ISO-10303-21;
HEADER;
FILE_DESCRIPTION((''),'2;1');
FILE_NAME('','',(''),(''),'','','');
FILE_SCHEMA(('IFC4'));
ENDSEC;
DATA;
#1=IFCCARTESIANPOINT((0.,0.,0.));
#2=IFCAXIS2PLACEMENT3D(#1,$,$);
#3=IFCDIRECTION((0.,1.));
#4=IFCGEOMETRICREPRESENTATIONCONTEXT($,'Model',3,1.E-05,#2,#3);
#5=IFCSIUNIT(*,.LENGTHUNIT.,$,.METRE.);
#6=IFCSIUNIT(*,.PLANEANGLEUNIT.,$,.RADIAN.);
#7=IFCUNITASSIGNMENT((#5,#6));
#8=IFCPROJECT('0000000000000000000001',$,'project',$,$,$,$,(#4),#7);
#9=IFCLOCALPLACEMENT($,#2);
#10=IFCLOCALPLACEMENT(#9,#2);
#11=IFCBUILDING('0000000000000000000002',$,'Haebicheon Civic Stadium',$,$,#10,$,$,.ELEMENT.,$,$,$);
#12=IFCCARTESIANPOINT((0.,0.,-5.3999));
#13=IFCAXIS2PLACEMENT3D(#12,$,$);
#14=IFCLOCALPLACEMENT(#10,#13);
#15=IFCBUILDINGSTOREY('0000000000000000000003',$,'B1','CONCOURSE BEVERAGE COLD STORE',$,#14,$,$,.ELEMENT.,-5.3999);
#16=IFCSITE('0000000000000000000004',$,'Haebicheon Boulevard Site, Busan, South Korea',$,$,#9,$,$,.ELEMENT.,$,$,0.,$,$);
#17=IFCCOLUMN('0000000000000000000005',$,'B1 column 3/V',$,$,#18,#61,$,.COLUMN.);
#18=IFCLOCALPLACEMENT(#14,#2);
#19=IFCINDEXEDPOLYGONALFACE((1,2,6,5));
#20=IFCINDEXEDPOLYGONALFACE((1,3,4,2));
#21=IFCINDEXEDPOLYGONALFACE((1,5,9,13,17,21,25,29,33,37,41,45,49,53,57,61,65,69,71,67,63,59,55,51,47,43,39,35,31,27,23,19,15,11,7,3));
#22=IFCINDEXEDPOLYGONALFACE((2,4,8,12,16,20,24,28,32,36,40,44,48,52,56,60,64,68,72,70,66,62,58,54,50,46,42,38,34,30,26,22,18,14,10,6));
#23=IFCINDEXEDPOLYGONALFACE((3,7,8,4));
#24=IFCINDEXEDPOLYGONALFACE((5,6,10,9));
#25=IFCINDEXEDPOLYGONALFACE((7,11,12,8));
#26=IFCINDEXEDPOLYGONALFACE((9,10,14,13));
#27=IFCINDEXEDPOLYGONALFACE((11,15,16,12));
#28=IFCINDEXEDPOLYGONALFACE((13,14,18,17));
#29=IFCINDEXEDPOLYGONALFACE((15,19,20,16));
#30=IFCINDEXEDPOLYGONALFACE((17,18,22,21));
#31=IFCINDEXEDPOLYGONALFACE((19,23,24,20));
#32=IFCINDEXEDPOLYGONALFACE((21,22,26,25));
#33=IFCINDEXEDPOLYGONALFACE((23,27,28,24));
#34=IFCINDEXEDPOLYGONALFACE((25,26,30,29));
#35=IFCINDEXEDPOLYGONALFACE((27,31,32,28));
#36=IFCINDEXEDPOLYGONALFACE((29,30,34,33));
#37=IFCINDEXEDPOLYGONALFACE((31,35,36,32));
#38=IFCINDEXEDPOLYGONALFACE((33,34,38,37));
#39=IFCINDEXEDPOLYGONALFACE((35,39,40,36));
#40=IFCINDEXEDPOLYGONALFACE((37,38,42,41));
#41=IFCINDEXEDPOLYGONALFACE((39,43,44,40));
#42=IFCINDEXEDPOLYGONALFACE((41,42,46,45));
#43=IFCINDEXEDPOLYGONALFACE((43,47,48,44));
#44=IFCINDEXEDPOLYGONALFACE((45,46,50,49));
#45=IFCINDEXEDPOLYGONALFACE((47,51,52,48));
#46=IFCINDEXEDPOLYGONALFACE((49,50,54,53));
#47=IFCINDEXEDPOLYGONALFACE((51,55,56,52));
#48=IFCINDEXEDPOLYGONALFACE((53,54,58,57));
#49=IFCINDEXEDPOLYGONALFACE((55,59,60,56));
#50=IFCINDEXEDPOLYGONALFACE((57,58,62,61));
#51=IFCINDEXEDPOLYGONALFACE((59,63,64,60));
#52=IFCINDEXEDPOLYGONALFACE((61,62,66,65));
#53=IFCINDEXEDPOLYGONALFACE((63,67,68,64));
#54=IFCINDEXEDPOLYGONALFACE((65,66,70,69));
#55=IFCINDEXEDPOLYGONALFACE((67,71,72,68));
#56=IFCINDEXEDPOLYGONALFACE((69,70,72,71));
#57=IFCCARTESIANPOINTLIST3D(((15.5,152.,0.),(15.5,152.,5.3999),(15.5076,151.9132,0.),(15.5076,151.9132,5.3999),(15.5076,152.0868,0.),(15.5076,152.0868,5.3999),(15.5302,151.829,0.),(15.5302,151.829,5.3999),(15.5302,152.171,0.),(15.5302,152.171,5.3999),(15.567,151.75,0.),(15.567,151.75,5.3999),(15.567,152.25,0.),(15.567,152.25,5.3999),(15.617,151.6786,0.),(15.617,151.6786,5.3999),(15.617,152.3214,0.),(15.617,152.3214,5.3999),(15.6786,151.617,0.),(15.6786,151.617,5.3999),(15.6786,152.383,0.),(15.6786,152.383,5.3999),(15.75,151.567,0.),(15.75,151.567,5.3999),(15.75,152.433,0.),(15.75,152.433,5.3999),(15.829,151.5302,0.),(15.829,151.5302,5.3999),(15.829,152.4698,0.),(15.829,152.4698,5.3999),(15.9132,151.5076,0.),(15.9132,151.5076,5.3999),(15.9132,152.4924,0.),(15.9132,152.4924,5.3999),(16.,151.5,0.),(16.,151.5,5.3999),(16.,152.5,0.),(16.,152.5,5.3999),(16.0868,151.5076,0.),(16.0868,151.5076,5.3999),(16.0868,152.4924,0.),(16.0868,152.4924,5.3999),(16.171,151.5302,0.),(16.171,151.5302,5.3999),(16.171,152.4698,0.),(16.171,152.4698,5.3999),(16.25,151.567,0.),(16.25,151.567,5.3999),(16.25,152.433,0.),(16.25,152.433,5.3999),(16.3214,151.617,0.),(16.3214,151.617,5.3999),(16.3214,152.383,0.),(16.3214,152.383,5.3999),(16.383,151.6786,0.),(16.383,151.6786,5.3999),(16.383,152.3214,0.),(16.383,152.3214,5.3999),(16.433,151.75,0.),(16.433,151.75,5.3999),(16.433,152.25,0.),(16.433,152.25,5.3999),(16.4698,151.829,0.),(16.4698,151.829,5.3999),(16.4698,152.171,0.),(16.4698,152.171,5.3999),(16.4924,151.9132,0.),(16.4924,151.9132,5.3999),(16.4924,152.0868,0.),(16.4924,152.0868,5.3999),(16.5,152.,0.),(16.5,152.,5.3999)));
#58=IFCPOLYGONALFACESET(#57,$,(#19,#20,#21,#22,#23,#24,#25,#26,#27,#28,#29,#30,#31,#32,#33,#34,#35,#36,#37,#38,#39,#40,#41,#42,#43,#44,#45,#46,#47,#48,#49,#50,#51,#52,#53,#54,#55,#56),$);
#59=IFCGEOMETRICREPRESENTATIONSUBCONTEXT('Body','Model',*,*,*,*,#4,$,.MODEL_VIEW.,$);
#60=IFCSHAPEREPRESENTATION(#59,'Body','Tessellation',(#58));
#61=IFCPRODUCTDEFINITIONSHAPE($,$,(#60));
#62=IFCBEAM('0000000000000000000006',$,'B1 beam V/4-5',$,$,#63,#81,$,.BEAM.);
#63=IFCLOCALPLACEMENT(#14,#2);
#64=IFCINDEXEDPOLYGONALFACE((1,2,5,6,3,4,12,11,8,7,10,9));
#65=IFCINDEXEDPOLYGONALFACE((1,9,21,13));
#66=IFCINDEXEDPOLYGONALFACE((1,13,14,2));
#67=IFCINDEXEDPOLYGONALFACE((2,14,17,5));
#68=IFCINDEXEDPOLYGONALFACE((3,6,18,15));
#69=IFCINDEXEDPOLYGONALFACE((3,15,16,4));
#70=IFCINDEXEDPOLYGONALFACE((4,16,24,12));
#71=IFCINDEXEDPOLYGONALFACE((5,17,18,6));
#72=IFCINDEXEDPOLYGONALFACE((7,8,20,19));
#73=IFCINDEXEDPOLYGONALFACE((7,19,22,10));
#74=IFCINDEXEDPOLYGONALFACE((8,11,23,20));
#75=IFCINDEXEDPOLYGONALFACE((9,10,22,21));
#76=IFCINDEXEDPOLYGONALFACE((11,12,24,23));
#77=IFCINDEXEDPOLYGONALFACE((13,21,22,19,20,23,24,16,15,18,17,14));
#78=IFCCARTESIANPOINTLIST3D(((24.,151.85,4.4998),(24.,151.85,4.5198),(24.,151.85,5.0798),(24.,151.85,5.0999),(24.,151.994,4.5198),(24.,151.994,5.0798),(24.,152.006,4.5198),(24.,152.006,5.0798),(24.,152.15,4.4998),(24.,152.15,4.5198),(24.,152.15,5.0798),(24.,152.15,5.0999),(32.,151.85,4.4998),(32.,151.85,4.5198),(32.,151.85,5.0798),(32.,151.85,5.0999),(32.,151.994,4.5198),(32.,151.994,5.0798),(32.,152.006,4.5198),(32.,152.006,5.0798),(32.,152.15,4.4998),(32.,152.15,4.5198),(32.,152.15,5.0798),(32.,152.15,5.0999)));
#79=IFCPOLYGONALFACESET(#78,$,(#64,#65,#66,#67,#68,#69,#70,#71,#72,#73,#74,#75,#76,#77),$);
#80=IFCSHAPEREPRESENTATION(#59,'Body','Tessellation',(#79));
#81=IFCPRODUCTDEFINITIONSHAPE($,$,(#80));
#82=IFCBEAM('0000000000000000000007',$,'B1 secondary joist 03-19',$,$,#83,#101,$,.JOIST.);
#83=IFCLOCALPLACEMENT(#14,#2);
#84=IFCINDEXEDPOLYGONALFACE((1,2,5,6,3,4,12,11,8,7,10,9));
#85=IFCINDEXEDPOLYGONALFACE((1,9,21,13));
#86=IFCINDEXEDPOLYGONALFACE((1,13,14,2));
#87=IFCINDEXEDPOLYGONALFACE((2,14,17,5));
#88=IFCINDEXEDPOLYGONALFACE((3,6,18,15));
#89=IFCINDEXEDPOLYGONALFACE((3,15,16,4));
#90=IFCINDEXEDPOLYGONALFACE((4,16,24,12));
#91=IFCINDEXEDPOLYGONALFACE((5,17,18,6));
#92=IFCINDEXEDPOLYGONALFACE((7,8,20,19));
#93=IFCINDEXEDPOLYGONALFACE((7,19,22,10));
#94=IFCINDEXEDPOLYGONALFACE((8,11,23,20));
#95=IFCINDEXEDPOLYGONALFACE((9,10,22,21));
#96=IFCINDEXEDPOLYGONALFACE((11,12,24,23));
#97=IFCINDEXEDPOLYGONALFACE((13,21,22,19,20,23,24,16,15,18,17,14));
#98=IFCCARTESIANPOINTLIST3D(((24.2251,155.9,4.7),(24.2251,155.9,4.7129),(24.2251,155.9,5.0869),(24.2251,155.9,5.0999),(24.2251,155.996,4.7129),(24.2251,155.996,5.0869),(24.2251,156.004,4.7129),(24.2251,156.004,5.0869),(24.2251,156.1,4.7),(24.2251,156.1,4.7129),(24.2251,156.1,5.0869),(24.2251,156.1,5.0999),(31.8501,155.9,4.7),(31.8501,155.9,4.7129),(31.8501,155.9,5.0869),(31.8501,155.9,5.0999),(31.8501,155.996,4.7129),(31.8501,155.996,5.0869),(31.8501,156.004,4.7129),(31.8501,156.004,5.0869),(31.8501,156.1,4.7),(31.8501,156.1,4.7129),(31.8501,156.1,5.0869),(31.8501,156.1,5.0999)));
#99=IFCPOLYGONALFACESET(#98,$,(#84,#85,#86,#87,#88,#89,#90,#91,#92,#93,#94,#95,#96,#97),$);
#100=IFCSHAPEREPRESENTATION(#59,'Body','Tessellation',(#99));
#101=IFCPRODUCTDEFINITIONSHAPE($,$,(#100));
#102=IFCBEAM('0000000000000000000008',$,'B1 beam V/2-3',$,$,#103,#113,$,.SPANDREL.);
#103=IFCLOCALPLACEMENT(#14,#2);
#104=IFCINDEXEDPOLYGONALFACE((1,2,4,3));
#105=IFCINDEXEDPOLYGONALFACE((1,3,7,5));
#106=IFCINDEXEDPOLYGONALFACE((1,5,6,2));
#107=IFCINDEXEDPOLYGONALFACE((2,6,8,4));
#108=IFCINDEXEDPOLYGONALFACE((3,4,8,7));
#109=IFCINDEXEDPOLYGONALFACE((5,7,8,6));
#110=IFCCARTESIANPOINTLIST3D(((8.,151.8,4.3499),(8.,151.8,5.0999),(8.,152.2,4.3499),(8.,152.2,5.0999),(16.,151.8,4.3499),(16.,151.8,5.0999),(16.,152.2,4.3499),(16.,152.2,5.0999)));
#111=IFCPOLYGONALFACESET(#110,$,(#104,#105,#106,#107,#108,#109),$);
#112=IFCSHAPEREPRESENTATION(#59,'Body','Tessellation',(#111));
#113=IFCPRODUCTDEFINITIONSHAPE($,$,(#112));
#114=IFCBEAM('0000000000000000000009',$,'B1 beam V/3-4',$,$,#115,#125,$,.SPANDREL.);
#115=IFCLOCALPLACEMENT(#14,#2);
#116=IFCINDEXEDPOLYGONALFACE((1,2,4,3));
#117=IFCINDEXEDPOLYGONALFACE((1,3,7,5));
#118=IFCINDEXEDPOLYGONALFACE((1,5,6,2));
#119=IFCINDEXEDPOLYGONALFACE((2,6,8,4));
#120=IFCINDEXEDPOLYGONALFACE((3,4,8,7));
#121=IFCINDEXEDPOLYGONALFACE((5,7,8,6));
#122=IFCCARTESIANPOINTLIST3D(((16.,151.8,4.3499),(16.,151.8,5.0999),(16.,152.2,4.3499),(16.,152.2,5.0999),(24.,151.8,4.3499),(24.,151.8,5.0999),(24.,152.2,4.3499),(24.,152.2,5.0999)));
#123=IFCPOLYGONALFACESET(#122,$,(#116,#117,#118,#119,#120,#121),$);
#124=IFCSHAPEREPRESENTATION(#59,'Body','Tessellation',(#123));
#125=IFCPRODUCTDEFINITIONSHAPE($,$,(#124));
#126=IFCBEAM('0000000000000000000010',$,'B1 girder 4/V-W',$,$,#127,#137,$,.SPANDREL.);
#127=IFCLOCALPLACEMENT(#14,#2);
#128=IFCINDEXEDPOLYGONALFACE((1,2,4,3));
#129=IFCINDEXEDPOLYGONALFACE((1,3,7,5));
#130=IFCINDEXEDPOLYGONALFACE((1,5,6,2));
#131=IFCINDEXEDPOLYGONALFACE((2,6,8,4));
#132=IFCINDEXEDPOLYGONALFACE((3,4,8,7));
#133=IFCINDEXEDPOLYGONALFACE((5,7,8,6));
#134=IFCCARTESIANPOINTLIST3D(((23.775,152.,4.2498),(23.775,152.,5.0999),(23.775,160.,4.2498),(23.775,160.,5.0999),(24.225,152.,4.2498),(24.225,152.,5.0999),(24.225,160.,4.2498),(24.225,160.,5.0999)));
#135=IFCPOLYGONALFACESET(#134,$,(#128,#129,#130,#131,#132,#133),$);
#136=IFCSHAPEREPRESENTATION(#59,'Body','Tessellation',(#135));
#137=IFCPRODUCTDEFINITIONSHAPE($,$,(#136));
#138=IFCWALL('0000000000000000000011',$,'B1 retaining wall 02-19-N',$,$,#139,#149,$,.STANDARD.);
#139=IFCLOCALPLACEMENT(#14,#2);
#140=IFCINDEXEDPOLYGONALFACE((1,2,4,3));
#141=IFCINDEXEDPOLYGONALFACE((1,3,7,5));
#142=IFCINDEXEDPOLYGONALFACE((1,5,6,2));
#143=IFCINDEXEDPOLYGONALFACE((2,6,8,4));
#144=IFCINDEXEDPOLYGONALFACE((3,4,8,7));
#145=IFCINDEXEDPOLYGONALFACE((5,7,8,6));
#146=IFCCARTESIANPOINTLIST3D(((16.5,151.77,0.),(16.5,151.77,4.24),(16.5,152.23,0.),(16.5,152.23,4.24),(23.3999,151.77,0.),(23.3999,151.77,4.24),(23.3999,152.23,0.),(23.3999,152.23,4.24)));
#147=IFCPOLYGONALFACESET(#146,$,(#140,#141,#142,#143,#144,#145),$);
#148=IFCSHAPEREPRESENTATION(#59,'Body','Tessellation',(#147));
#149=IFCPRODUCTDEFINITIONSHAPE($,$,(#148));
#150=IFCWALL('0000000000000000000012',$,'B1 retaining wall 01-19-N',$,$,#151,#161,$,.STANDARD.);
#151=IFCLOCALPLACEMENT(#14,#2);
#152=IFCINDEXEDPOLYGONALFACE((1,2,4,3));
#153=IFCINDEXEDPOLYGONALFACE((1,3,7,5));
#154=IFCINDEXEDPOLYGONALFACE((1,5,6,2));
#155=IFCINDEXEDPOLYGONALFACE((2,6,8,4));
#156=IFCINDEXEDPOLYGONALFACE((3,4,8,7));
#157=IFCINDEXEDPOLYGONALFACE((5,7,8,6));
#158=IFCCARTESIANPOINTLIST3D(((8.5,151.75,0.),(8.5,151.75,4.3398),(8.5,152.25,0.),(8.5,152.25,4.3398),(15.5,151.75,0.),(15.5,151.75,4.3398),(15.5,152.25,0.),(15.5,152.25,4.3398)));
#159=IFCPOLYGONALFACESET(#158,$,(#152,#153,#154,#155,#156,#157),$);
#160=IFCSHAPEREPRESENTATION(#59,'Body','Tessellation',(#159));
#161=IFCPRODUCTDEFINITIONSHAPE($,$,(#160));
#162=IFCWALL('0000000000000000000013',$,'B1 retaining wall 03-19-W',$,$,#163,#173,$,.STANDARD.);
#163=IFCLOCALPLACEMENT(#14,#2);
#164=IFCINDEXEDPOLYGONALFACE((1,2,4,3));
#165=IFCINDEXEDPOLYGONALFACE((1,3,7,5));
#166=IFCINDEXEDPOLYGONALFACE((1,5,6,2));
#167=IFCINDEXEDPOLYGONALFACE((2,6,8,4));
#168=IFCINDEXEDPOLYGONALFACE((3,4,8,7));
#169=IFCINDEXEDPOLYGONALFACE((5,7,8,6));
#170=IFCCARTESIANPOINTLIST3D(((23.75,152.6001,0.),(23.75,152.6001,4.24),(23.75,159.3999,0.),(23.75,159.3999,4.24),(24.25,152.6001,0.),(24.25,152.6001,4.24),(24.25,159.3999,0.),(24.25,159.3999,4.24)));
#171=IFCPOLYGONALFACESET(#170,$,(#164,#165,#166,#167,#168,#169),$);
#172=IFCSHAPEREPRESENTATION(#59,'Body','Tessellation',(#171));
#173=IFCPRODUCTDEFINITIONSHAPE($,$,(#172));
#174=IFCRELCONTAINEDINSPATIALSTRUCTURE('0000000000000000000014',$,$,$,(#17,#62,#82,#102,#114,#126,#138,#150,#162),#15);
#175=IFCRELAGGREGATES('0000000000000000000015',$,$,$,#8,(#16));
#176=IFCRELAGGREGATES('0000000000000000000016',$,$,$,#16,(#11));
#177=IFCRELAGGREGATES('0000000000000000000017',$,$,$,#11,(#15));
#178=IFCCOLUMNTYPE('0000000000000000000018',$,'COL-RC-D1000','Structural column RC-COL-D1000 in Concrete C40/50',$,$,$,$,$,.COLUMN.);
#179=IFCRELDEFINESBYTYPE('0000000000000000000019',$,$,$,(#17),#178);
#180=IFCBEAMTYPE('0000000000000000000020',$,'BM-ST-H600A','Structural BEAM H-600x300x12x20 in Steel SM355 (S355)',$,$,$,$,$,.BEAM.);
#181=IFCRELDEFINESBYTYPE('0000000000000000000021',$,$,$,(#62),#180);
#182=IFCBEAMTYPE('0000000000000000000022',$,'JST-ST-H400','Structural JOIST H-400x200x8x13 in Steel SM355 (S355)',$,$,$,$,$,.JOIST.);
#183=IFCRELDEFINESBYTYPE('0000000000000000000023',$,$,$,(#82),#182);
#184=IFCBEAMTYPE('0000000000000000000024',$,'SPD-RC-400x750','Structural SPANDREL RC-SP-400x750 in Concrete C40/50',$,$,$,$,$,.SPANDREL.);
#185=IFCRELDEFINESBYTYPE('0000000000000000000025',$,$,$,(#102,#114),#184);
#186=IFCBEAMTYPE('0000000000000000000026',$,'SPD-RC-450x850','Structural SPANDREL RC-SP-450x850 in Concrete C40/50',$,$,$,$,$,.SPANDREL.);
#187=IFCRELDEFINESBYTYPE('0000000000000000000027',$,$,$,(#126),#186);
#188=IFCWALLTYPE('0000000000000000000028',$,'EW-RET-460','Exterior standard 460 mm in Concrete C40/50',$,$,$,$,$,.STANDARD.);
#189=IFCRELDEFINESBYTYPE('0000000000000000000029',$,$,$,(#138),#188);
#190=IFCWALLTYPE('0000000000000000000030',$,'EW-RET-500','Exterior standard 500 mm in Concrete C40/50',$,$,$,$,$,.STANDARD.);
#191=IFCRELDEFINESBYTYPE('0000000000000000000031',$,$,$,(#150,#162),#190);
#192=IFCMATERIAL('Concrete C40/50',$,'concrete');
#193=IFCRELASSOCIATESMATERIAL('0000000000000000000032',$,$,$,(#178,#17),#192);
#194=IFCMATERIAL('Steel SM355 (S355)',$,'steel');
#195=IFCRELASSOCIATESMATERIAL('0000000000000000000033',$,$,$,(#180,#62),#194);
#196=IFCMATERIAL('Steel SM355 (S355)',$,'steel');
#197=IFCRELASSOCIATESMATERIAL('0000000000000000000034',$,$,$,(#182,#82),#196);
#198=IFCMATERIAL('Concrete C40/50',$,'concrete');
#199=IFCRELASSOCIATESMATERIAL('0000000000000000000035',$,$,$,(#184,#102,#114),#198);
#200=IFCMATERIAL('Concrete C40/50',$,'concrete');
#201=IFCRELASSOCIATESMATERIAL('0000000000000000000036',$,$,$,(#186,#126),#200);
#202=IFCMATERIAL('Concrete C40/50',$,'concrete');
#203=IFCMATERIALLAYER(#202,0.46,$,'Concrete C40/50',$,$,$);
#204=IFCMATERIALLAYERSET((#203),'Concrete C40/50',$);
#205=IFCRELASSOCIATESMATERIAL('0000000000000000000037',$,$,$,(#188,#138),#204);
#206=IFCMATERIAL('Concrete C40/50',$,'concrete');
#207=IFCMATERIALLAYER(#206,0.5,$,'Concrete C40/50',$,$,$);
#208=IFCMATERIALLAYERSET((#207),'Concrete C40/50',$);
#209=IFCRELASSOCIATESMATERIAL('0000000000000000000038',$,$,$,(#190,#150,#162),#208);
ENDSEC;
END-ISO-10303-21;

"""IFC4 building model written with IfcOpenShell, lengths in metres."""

from ifc_helpers import new_model, si_unit, direction, frame, frame_2d, origin, origin_2d, place, context, subcontext, project, spatial, rectangle, circle, i_section, extrude, material, layer, layer_set, material_profile, profile_set, type_object, element, save


model = new_model("IFC4")

# Units and contexts
model_context = context("Model", 3, precision=1e-05, world=origin(), true_north=direction((0.0, 1.0)))
body_context = subcontext(model_context, "Body", "Model", "MODEL_VIEW")
ifc_project = project(units=[si_unit("LENGTHUNIT", "METRE"), si_unit("PLANEANGLEUNIT", "RADIAN")], contexts=[model_context])

# Site, building, storey
site_placement = place(None, origin())
site = spatial("IfcSite", under=ifc_project, at=site_placement, Name="Haebicheon Boulevard Site, Busan, South Korea", CompositionType="ELEMENT", RefElevation=0.0)
building_placement = place(site_placement, origin())
building = spatial("IfcBuilding", under=site, at=building_placement, Name="Haebicheon Civic Stadium", CompositionType="ELEMENT")
storey_placement = place(building_placement, frame((0.0, 0.0, -5.3999)))
storey = spatial("IfcBuildingStorey", under=building, at=storey_placement, Name="B1", Description="CONCOURSE BEVERAGE COLD STORE", CompositionType="ELEMENT", Elevation=-5.3999)

# Column
ifc_material_1 = material(Name="Concrete C40/50", Category="concrete")
ifc_material_profile_1 = material_profile(ifc_material_1, circle(Radius=0.5, at=origin_2d()), Name="RC-COL-D1000")
ifc_profile_set_1 = profile_set([ifc_material_profile_1], Name="Concrete C40/50")
column_type_1 = type_object("IfcColumnType", Name="COL-RC-D1000", Description="Structural column RC-COL-D1000 in Concrete C40/50", PredefinedType="COLUMN", material=ifc_profile_set_1)
for number, where, z_axis, x_axis, name in (
    (1, (16.0, 152.0, 0.0), (0.0, 0.0, 1.0), (1.0, 0.0, 0.0), "B1 column 3/V"),
):
    element("IfcColumn", number, at=place(storey_placement, frame(where, z_axis=z_axis, x_axis=x_axis)), inside=storey, type_object=column_type_1, material=ifc_profile_set_1, Name=name, PredefinedType="COLUMN", context=body_context, shape_type="SweptSolid", body=[
        extrude(circle(Radius=0.5, at=origin_2d()), origin(), (0.0, 0.0, 1.0), 5.3999),
    ])

# Beams
ifc_material_2 = material(Name="Steel SM355 (S355)", Category="steel")
ifc_material_profile_2 = material_profile(ifc_material_2, i_section(OverallWidth=0.3, OverallDepth=0.6001, WebThickness=0.012, FlangeThickness=0.02, at=origin_2d()), Name="H-600x300x12x20")
ifc_profile_set_2 = profile_set([ifc_material_profile_2], Name="Steel SM355 (S355)")
beam_type_1 = type_object("IfcBeamType", Name="BM-ST-H600A", Description="Structural BEAM H-600x300x12x20 in Steel SM355 (S355)", PredefinedType="BEAM", material=ifc_profile_set_2)
beam_1_placement = place(storey_placement, frame((24.0, 152.0, 4.7998), z_axis=(1.0, 0.0, 0.0), x_axis=(0.0, 1.0, 0.0)))
element("IfcBeam", 2, at=beam_1_placement, inside=storey, type_object=beam_type_1, material=ifc_profile_set_2, Name="B1 beam V/4-5", PredefinedType="BEAM", context=body_context, shape_type="SweptSolid", body=[
    extrude(i_section(OverallWidth=0.3, OverallDepth=0.6001, WebThickness=0.012, FlangeThickness=0.02, at=origin_2d()), origin(), (0.0, 0.0, 1.0), 8.0),
])
ifc_material_3 = material(Name="Steel SM355 (S355)", Category="steel")
ifc_material_profile_3 = material_profile(ifc_material_3, i_section(OverallWidth=0.2, OverallDepth=0.3999, WebThickness=0.0081, FlangeThickness=0.0129, at=origin_2d()), Name="H-400x200x8x13")
ifc_profile_set_3 = profile_set([ifc_material_profile_3], Name="Steel SM355 (S355)")
beam_type_2 = type_object("IfcBeamType", Name="JST-ST-H400", Description="Structural JOIST H-400x200x8x13 in Steel SM355 (S355)", PredefinedType="JOIST", material=ifc_profile_set_3)
beam_2_placement = place(storey_placement, frame((24.2251, 156.0, 4.8999), z_axis=(1.0, 0.0, 0.0), x_axis=(0.0, 1.0, 0.0)))
element("IfcBeam", 3, at=beam_2_placement, inside=storey, type_object=beam_type_2, material=ifc_profile_set_3, Name="B1 secondary joist 03-19", PredefinedType="JOIST", context=body_context, shape_type="SweptSolid", body=[
    extrude(i_section(OverallWidth=0.2, OverallDepth=0.3999, WebThickness=0.0081, FlangeThickness=0.0129, at=origin_2d()), origin(), (0.0, 0.0, 1.0), 7.625),
])
ifc_material_4 = material(Name="Concrete C40/50", Category="concrete")
ifc_material_profile_4 = material_profile(ifc_material_4, rectangle(XDim=0.3999, YDim=0.75, at=origin_2d()), Name="RC-SP-400x750")
ifc_profile_set_4 = profile_set([ifc_material_profile_4], Name="Concrete C40/50")
beam_type_3 = type_object("IfcBeamType", Name="SPD-RC-400x750", Description="Structural SPANDREL RC-SP-400x750 in Concrete C40/50", PredefinedType="SPANDREL", material=ifc_profile_set_4)
for number, where, z_axis, x_axis, name in (
    (4, (8.0, 152.0, 4.7249), (1.0, 0.0, 0.0), (0.0, 1.0, 0.0), "B1 beam V/2-3"),
    (5, (16.0, 152.0, 4.7249), (1.0, 0.0, 0.0), (0.0, 1.0, 0.0), "B1 beam V/3-4"),
):
    element("IfcBeam", number, at=place(storey_placement, frame(where, z_axis=z_axis, x_axis=x_axis)), inside=storey, type_object=beam_type_3, material=ifc_profile_set_4, Name=name, PredefinedType="SPANDREL", context=body_context, shape_type="SweptSolid", body=[
        extrude(rectangle(XDim=0.3999, YDim=0.75, at=origin_2d()), origin(), (0.0, 0.0, 1.0), 8.0),
    ])
ifc_material_5 = material(Name="Concrete C40/50", Category="concrete")
ifc_material_profile_5 = material_profile(ifc_material_5, rectangle(XDim=0.45, YDim=0.8501, at=origin_2d()), Name="RC-SP-450x850")
ifc_profile_set_5 = profile_set([ifc_material_profile_5], Name="Concrete C40/50")
beam_type_4 = type_object("IfcBeamType", Name="SPD-RC-450x850", Description="Structural SPANDREL RC-SP-450x850 in Concrete C40/50", PredefinedType="SPANDREL", material=ifc_profile_set_5)
beam_3_placement = place(storey_placement, frame((24.0, 152.0, 4.6748), z_axis=(0.0, 1.0, 0.0), x_axis=(-1.0, 0.0, 0.0)))
element("IfcBeam", 6, at=beam_3_placement, inside=storey, type_object=beam_type_4, material=ifc_profile_set_5, Name="B1 girder 4/V-W", PredefinedType="SPANDREL", context=body_context, shape_type="SweptSolid", body=[
    extrude(rectangle(XDim=0.45, YDim=0.8501, at=origin_2d()), origin(), (0.0, 0.0, 1.0), 8.0),
])

# Walls
ifc_material_6 = material(Name="Concrete C40/50", Category="concrete")
ifc_layer_1 = layer(ifc_material_6, 0.46, Name="Concrete C40/50")
ifc_layer_set_1 = layer_set([ifc_layer_1], Name="Concrete C40/50")
wall_type_1 = type_object("IfcWallType", Name="EW-RET-460", Description="Exterior standard 460 mm in Concrete C40/50", PredefinedType="STANDARD", material=ifc_layer_set_1)
wall_1_placement = place(storey_placement, frame((16.5, 152.0, 0.0), z_axis=(0.0, 0.0, 1.0), x_axis=(1.0, 0.0, 0.0)))
element("IfcWall", 7, at=wall_1_placement, inside=storey, type_object=wall_type_1, material=ifc_layer_set_1, Name="B1 retaining wall 02-19-N", PredefinedType="STANDARD", context=body_context, shape_type="SweptSolid", body=[
    extrude(rectangle(XDim=6.8999, YDim=0.46, at=frame_2d((3.45, 0.0))), origin(), (0.0, 0.0, 1.0), 4.24),
])
ifc_material_7 = material(Name="Concrete C40/50", Category="concrete")
ifc_layer_2 = layer(ifc_material_7, 0.5, Name="Concrete C40/50")
ifc_layer_set_2 = layer_set([ifc_layer_2], Name="Concrete C40/50")
wall_type_2 = type_object("IfcWallType", Name="EW-RET-500", Description="Exterior standard 500 mm in Concrete C40/50", PredefinedType="STANDARD", material=ifc_layer_set_2)
wall_2_placement = place(storey_placement, frame((8.5, 152.0, 0.0), z_axis=(0.0, 0.0, 1.0), x_axis=(1.0, 0.0, 0.0)))
element("IfcWall", 8, at=wall_2_placement, inside=storey, type_object=wall_type_2, material=ifc_layer_set_2, Name="B1 retaining wall 01-19-N", PredefinedType="STANDARD", context=body_context, shape_type="SweptSolid", body=[
    extrude(rectangle(XDim=7.0, YDim=0.5, at=frame_2d((3.5, 0.0))), origin(), (0.0, 0.0, 1.0), 4.3398),
])
wall_3_placement = place(storey_placement, frame((24.0, 152.6001, 0.0), z_axis=(0.0, 0.0, 1.0), x_axis=(0.0, 1.0, 0.0)))
element("IfcWall", 9, at=wall_3_placement, inside=storey, type_object=wall_type_2, material=ifc_layer_set_2, Name="B1 retaining wall 03-19-W", PredefinedType="STANDARD", context=body_context, shape_type="SweptSolid", body=[
    extrude(rectangle(XDim=6.7998, YDim=0.5, at=frame_2d((3.3999, 0.0))), origin(), (0.0, 0.0, 1.0), 4.24),
])

save(model, "model.ifc")
